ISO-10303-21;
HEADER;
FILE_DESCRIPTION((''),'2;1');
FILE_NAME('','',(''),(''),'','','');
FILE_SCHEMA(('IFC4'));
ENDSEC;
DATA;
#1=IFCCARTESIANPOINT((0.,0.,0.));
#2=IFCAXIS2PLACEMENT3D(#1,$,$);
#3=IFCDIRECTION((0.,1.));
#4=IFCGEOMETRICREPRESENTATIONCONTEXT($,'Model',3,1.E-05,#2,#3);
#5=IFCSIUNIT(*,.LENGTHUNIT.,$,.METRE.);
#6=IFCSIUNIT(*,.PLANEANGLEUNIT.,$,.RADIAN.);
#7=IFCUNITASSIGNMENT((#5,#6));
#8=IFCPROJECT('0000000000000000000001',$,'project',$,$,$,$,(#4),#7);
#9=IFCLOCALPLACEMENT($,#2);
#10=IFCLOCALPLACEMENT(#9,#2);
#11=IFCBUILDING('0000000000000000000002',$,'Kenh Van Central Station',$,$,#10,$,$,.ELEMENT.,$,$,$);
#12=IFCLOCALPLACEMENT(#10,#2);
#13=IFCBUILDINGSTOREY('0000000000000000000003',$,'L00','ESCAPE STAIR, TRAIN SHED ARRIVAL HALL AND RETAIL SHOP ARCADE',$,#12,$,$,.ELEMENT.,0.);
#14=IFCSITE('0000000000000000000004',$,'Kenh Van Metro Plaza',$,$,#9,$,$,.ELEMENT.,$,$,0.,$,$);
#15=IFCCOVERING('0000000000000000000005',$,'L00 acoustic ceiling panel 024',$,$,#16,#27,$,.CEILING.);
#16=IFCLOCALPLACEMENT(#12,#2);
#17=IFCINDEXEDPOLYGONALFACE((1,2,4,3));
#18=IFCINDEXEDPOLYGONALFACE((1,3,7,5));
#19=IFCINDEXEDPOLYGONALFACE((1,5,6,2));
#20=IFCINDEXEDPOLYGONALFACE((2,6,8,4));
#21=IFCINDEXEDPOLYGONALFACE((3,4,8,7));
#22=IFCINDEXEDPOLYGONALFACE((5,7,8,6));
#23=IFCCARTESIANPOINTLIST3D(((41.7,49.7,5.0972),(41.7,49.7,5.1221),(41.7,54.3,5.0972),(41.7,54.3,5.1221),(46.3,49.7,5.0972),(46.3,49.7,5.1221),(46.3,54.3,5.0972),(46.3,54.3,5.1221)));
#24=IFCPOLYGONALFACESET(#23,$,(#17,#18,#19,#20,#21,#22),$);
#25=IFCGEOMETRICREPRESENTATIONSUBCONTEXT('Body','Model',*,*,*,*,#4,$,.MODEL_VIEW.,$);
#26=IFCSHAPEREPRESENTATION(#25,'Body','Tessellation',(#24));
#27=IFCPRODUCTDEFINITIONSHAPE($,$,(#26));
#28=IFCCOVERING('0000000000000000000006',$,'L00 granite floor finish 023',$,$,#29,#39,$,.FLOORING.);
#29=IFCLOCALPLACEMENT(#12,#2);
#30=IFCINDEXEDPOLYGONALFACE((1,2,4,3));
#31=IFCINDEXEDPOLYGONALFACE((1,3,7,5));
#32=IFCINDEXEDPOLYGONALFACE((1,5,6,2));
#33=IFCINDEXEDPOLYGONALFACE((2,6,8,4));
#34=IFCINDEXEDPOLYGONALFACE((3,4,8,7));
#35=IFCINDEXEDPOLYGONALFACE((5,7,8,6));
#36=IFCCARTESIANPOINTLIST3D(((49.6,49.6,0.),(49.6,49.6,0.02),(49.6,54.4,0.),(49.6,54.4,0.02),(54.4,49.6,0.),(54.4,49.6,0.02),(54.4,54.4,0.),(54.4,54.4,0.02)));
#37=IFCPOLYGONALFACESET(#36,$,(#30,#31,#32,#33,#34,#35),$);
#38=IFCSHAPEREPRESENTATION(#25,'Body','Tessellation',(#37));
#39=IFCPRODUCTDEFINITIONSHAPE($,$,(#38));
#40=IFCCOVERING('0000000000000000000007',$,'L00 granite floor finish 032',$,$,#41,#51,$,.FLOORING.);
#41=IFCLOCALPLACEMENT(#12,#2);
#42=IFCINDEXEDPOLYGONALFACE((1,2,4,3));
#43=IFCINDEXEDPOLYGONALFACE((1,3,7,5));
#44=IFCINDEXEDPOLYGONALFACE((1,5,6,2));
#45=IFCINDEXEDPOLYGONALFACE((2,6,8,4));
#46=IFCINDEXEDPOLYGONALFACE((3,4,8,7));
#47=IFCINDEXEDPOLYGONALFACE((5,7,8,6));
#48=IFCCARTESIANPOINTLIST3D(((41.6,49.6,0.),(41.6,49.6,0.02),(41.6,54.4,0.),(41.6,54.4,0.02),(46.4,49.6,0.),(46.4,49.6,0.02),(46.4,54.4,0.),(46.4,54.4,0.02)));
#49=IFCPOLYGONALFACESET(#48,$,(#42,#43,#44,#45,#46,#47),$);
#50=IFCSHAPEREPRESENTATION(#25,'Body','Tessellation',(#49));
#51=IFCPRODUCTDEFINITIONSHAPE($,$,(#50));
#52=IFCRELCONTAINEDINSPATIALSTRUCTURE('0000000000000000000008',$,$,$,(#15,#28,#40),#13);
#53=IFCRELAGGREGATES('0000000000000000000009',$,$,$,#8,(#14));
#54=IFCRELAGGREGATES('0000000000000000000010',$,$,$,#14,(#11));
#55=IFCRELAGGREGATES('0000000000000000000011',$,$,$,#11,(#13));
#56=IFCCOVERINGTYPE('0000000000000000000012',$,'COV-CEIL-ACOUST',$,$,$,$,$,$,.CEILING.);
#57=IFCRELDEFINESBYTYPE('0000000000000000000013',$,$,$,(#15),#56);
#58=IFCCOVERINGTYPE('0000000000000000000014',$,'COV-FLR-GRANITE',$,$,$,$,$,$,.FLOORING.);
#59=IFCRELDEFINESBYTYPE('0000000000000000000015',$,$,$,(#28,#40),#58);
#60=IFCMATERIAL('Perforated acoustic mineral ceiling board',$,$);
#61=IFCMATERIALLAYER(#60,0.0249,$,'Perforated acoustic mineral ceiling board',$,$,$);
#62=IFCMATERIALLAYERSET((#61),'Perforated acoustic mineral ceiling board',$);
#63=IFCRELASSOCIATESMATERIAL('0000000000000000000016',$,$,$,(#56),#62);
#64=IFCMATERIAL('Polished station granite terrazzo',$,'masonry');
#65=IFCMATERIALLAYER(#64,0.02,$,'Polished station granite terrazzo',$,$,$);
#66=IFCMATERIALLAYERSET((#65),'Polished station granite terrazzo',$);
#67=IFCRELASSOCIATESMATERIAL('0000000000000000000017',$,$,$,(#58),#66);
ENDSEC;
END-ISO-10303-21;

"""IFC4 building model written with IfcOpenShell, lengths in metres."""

from ifc_helpers import new_model, si_unit, direction, frame, origin, origin_2d, place, context, subcontext, project, spatial, rectangle, extrude, material, layer, layer_set, type_object, element, save


model = new_model("IFC4")

# Units and contexts
model_context = context("Model", 3, precision=1e-05, world=origin(), true_north=direction((0.0, 1.0)))
body_context = subcontext(model_context, "Body", "Model", "MODEL_VIEW")
ifc_project = project(units=[si_unit("LENGTHUNIT", "METRE"), si_unit("PLANEANGLEUNIT", "RADIAN")], contexts=[model_context])

# Site, building, storey
site_placement = place(None, origin())
site = spatial("IfcSite", under=ifc_project, at=site_placement, Name="Kenh Van Metro Plaza", CompositionType="ELEMENT", RefElevation=0.0)
building_placement = place(site_placement, origin())
building = spatial("IfcBuilding", under=site, at=building_placement, Name="Kenh Van Central Station", CompositionType="ELEMENT")
storey_placement = place(building_placement, origin())
storey = spatial("IfcBuildingStorey", under=building, at=storey_placement, Name="L00", Description="ESCAPE STAIR, TRAIN SHED ARRIVAL HALL AND RETAIL SHOP ARCADE", CompositionType="ELEMENT", Elevation=0.0)

# Coverings
ifc_material_1 = material(Name="Perforated acoustic mineral ceiling board")
ifc_layer_1 = layer(ifc_material_1, 0.0249, Name="Perforated acoustic mineral ceiling board")
ifc_layer_set_1 = layer_set([ifc_layer_1], Name="Perforated acoustic mineral ceiling board")
covering_type_1 = type_object("IfcCoveringType", Name="COV-CEIL-ACOUST", PredefinedType="CEILING", material=ifc_layer_set_1)
covering_placement = place(storey_placement, frame((44.0, 52.0, 5.0972), z_axis=(0.0, 0.0, 1.0), x_axis=(1.0, 0.0, 0.0)))
element("IfcCovering", 1, at=covering_placement, inside=storey, type_object=covering_type_1, Name="L00 acoustic ceiling panel 024", PredefinedType="CEILING", context=body_context, shape_type="SweptSolid", body=[
    extrude(rectangle(XDim=4.6001, YDim=4.6001, at=origin_2d()), origin(), (0.0, 0.0, 1.0), 0.0249),
])
ifc_material_2 = material(Name="Polished station granite terrazzo", Category="masonry")
ifc_layer_2 = layer(ifc_material_2, 0.02, Name="Polished station granite terrazzo")
ifc_layer_set_2 = layer_set([ifc_layer_2], Name="Polished station granite terrazzo")
covering_type_2 = type_object("IfcCoveringType", Name="COV-FLR-GRANITE", PredefinedType="FLOORING", material=ifc_layer_set_2)
for number, where, z_axis, x_axis, name in (
    (2, (52.0, 52.0, 0.0), (0.0, 0.0, 1.0), (1.0, 0.0, 0.0), "L00 granite floor finish 023"),
    (3, (44.0, 52.0, 0.0), (0.0, 0.0, 1.0), (1.0, 0.0, 0.0), "L00 granite floor finish 032"),
):
    element("IfcCovering", number, at=place(storey_placement, frame(where, z_axis=z_axis, x_axis=x_axis)), inside=storey, type_object=covering_type_2, Name=name, PredefinedType="FLOORING", context=body_context, shape_type="SweptSolid", body=[
        extrude(rectangle(XDim=4.8, YDim=4.8, at=origin_2d()), origin(), (0.0, 0.0, 1.0), 0.02),
    ])

save(model, "model.ifc")
